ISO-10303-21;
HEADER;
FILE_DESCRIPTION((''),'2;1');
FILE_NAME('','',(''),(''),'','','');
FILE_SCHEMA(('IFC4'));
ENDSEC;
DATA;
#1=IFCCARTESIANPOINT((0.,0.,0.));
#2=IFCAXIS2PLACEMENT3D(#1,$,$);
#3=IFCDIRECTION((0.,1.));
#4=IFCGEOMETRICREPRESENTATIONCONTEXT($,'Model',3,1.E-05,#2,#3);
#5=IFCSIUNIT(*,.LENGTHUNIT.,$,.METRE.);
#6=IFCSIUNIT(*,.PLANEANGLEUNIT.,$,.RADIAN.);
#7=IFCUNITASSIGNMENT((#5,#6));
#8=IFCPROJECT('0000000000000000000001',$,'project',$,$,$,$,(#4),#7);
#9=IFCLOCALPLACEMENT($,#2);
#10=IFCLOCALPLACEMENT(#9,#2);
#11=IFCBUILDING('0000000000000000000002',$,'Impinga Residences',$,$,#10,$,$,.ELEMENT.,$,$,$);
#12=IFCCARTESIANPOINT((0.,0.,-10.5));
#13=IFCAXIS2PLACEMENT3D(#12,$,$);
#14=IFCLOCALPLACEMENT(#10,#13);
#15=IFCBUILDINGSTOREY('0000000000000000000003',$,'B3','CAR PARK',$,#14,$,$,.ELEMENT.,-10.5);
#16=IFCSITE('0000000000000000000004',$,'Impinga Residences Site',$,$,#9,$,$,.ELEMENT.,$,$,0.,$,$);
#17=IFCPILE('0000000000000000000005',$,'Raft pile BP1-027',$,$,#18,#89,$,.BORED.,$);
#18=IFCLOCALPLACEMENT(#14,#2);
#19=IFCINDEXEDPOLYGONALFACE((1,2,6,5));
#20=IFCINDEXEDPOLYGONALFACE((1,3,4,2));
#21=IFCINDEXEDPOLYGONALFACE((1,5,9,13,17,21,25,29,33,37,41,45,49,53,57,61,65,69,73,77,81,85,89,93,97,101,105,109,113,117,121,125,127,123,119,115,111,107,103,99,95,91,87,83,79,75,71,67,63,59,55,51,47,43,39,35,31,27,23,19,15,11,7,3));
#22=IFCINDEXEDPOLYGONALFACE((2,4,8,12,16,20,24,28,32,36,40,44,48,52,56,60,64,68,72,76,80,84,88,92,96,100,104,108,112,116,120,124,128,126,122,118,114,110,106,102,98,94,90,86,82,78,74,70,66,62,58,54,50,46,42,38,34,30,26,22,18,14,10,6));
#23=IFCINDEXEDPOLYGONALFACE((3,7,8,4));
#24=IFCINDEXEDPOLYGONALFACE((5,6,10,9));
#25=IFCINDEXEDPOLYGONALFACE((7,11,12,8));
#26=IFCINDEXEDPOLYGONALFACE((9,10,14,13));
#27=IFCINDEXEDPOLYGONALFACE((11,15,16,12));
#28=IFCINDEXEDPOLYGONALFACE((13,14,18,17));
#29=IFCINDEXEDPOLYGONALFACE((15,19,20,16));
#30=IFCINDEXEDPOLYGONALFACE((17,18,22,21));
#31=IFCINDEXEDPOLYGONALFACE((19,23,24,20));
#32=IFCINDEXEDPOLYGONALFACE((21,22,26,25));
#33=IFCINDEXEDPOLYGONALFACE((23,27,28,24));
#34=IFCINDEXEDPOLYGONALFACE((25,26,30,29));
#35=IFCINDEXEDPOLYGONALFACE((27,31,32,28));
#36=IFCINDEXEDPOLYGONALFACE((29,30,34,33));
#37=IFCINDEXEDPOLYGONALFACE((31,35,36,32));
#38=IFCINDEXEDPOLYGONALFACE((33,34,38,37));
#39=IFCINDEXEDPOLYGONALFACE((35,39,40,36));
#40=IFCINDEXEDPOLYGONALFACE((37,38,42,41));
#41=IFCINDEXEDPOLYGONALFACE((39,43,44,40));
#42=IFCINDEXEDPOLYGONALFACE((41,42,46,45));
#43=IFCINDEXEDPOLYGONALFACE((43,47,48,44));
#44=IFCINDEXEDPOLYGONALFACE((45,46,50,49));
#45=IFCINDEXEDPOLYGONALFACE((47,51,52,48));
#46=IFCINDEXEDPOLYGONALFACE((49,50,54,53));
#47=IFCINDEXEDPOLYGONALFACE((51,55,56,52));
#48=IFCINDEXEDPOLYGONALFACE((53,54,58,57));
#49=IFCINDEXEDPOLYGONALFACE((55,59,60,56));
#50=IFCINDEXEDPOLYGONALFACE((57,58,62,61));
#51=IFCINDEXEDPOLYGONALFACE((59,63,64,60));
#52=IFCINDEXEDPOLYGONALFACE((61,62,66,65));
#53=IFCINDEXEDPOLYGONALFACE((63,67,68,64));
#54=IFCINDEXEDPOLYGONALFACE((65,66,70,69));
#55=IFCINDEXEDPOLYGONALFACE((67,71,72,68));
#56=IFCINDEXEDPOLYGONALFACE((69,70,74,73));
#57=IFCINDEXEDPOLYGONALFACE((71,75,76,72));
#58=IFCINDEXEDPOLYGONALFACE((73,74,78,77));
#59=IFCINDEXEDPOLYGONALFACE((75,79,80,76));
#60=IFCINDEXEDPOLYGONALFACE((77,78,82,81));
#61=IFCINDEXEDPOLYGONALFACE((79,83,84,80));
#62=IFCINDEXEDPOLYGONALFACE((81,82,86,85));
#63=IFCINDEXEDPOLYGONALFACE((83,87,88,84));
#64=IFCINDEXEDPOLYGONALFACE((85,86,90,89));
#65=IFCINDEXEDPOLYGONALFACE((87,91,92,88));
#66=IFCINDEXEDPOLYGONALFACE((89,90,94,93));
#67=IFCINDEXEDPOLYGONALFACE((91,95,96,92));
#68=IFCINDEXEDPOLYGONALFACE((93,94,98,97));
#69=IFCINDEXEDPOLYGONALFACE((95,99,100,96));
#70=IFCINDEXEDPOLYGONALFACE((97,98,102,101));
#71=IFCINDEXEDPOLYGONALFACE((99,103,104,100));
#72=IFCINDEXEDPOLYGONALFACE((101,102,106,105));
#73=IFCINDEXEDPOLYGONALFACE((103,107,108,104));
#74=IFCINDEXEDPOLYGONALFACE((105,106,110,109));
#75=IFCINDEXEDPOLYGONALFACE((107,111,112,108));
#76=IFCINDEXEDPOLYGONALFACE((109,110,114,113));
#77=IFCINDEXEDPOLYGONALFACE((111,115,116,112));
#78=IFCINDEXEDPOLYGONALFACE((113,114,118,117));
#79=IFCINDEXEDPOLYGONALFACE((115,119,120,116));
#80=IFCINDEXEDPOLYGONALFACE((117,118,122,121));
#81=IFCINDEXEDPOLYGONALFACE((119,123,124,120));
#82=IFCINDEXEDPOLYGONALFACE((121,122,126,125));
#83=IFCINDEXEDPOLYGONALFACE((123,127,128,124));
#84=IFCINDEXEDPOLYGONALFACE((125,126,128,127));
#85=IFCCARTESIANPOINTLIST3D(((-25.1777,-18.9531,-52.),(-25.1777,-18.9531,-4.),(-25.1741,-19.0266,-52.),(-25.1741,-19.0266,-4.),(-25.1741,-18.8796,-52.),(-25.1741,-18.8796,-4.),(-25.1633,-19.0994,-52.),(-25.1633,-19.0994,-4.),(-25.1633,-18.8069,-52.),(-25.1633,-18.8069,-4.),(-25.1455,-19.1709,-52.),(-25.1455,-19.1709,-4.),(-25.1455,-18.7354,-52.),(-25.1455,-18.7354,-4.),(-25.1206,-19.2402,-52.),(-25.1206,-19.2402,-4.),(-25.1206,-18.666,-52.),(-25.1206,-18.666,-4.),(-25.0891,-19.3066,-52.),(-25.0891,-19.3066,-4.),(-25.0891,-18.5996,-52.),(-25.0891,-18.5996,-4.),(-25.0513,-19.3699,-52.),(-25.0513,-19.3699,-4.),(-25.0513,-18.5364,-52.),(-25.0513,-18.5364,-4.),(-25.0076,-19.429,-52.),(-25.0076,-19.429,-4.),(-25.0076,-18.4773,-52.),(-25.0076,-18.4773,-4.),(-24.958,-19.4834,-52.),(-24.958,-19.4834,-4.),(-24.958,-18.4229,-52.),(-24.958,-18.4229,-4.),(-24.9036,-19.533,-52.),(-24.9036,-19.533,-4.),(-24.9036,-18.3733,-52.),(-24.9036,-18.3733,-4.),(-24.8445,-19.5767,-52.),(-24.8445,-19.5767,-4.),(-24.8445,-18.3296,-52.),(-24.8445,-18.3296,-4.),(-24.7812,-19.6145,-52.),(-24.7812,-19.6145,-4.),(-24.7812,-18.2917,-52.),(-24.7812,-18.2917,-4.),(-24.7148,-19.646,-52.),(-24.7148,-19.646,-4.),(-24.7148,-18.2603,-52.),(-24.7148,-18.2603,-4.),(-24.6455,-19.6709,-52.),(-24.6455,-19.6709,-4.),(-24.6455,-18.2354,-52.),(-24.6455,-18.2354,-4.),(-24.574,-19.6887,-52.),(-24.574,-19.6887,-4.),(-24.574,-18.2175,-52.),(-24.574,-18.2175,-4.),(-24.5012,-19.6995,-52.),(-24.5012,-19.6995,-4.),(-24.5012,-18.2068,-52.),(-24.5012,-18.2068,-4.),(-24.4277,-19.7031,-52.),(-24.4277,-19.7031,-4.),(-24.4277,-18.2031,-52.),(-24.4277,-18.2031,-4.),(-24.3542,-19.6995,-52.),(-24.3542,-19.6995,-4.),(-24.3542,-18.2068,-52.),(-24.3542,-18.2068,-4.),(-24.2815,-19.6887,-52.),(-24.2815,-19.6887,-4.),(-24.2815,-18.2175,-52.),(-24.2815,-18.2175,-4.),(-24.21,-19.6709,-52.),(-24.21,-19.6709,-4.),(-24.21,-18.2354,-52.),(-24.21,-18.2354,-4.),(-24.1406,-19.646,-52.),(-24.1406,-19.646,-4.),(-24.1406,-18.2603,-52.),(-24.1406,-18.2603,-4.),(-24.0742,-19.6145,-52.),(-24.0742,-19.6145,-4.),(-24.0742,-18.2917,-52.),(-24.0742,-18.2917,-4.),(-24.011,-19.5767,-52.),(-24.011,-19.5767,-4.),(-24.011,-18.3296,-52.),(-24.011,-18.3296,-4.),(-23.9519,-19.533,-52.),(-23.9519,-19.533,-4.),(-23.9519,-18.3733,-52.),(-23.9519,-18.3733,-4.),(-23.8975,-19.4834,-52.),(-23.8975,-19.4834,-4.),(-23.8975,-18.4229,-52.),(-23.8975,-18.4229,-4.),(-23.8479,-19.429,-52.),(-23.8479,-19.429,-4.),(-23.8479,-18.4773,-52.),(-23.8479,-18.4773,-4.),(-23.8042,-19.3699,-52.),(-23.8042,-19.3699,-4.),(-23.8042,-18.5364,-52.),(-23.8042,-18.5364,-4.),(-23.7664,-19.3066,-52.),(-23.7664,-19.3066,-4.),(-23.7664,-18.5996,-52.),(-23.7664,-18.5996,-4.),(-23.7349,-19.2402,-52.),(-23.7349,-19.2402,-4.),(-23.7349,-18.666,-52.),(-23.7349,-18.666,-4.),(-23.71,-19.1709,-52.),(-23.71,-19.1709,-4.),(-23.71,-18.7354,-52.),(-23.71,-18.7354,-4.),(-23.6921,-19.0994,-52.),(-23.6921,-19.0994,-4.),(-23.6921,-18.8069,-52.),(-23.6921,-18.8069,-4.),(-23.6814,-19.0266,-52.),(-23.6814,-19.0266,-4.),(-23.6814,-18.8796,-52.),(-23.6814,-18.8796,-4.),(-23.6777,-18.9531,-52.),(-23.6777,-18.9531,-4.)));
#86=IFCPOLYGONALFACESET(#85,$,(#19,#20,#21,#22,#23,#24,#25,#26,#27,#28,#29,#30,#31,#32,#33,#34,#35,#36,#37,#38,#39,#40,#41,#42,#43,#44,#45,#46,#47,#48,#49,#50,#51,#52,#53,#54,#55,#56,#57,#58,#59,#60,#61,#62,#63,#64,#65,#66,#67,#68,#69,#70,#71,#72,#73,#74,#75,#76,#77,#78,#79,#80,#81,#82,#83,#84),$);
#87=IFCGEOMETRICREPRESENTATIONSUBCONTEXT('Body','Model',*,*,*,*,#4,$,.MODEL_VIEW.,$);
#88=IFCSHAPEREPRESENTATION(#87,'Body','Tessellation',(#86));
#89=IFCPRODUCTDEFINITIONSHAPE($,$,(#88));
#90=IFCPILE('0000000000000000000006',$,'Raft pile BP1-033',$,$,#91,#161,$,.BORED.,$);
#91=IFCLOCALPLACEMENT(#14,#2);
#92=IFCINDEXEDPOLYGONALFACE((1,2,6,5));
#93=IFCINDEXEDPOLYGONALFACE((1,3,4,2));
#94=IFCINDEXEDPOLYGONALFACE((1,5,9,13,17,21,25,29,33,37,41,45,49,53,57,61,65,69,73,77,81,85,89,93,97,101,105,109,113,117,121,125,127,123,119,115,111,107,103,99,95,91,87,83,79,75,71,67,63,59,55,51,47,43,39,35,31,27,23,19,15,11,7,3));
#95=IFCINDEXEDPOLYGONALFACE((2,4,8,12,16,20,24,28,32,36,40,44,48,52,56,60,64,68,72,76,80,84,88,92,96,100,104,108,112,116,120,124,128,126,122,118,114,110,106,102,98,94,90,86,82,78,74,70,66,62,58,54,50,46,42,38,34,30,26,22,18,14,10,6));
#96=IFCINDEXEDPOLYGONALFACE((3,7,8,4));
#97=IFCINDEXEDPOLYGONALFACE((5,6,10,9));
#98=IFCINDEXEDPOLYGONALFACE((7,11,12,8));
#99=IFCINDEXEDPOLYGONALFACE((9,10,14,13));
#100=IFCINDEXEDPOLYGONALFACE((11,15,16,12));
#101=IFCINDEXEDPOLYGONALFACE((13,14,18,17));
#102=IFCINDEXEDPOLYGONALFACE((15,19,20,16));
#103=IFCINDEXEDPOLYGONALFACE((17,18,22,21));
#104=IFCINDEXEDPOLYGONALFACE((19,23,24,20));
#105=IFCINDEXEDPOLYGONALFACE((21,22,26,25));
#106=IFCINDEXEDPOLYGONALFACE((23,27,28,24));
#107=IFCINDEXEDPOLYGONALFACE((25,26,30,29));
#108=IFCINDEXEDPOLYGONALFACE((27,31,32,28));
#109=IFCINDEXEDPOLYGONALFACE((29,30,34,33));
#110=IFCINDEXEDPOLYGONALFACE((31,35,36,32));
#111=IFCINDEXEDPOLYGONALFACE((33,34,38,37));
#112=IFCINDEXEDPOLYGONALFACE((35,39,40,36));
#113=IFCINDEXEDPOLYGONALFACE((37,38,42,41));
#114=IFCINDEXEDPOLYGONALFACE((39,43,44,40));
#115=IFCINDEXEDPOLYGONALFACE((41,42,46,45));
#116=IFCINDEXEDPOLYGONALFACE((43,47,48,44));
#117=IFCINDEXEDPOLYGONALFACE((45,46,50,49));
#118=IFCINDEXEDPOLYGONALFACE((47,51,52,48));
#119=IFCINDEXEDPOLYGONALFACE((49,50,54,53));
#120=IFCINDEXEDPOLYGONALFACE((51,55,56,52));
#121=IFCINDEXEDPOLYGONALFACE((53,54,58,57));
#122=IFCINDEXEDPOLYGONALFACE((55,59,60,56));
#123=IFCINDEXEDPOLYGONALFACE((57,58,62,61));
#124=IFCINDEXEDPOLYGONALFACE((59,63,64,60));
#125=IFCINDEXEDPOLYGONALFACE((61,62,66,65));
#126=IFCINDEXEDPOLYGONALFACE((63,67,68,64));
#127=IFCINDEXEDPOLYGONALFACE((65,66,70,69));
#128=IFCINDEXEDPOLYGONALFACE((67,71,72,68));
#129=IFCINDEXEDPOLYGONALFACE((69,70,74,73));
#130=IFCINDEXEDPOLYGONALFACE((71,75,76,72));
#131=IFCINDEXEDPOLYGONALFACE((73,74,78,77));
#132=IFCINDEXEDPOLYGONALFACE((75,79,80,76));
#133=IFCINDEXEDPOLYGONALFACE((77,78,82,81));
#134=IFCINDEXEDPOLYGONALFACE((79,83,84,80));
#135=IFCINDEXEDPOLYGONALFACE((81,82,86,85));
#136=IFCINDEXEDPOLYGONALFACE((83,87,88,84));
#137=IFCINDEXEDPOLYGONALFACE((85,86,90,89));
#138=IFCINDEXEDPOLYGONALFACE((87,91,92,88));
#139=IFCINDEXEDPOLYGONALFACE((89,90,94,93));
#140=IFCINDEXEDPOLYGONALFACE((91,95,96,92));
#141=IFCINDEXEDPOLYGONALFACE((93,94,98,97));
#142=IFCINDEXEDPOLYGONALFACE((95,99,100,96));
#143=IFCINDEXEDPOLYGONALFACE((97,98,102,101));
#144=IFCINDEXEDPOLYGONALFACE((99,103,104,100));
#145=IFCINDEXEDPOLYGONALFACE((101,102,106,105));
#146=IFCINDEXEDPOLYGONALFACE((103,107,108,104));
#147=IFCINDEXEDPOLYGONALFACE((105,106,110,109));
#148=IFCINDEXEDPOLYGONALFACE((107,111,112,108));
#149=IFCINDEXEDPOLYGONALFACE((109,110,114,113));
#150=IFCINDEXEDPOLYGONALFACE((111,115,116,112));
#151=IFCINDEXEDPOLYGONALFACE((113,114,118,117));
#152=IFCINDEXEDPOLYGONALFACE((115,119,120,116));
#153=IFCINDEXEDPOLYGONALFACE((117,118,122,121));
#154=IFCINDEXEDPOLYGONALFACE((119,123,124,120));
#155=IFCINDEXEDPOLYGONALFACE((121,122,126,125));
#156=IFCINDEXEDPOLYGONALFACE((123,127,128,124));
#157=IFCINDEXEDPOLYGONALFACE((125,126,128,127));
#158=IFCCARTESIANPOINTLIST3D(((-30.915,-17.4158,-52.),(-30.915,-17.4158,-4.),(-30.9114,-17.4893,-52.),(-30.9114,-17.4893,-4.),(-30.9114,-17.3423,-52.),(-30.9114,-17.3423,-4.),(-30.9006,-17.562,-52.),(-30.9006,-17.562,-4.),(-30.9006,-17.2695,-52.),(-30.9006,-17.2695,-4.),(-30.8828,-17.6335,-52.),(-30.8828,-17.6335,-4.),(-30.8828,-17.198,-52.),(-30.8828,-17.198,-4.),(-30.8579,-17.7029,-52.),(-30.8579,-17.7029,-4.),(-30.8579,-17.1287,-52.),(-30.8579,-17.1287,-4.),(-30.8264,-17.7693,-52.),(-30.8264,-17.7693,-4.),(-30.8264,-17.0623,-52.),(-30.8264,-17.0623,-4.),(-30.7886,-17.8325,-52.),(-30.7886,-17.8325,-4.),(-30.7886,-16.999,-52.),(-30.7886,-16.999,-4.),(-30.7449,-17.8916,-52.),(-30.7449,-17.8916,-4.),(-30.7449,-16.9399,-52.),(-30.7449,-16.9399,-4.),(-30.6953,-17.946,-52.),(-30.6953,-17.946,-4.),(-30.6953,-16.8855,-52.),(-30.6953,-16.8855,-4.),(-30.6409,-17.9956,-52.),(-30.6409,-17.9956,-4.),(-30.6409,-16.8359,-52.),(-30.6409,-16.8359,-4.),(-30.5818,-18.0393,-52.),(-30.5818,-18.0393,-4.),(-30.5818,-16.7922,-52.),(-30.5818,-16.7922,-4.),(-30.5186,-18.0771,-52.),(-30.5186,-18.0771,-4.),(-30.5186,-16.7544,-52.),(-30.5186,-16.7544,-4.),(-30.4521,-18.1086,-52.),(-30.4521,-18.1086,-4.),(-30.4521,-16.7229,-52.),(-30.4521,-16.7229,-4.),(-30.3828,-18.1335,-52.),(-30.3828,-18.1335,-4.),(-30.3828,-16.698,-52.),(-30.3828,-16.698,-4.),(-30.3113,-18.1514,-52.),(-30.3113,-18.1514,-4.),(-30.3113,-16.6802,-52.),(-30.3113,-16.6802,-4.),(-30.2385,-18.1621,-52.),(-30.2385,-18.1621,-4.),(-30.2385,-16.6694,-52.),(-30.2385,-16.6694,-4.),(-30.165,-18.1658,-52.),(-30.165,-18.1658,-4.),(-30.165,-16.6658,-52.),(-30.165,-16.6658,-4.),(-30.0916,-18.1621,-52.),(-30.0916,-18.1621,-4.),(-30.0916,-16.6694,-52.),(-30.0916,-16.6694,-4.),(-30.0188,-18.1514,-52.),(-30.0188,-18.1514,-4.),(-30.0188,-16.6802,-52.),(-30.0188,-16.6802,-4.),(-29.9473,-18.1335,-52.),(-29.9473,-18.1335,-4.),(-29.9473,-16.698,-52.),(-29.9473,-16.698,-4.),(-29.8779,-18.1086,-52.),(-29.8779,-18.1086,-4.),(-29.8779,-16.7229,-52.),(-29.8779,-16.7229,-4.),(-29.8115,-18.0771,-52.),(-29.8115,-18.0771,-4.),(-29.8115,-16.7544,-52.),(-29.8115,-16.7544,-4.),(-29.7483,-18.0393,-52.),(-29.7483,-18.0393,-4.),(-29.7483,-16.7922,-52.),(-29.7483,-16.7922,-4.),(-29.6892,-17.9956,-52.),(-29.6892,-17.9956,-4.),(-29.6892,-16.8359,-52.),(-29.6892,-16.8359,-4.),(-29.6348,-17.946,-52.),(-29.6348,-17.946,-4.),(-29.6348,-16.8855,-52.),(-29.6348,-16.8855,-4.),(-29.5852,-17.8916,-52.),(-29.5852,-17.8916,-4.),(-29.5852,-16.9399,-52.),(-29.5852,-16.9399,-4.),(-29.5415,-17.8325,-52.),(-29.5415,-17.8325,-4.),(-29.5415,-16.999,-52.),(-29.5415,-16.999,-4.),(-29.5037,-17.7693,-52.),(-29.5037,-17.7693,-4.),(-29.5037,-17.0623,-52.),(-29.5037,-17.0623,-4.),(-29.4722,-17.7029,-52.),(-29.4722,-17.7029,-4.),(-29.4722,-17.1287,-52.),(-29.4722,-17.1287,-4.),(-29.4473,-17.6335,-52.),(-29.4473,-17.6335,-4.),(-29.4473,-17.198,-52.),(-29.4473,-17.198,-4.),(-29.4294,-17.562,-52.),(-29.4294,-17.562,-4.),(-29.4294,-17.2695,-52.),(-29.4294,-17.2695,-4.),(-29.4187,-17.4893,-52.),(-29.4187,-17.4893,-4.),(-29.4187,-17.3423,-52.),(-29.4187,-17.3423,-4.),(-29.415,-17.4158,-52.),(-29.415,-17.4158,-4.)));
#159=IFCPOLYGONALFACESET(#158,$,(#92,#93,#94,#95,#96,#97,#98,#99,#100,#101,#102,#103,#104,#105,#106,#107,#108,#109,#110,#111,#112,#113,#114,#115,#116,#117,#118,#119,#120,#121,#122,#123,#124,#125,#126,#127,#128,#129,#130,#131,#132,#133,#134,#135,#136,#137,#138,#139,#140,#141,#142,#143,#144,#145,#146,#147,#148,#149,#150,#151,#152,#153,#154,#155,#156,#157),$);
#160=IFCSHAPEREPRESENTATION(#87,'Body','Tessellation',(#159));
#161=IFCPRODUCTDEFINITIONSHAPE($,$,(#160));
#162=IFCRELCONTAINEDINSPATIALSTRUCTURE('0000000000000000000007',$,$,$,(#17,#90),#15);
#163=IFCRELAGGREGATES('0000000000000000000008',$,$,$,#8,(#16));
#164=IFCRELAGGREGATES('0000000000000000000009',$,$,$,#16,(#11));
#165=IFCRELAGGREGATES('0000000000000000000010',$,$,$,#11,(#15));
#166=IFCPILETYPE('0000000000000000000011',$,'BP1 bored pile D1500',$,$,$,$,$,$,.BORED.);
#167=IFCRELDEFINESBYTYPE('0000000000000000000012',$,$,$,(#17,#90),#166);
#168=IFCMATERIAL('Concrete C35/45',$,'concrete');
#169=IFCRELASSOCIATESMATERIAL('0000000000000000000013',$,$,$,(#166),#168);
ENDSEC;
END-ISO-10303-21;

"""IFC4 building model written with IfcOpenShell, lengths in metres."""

from ifc_helpers import new_model, si_unit, direction, frame, origin, origin_2d, place, context, subcontext, project, spatial, polyline, circle, outline, extrude, material, material_profile, profile_set, type_object, element, save


model = new_model("IFC4")

# Units and contexts
model_context = context("Model", 3, precision=1e-05, world=origin(), true_north=direction((0.0, 1.0)))
body_context = subcontext(model_context, "Body", "Model", "MODEL_VIEW")
ifc_project = project(units=[si_unit("LENGTHUNIT", "METRE"), si_unit("PLANEANGLEUNIT", "RADIAN")], contexts=[model_context])

# Site, building, storey
site_placement = place(None, origin())
site = spatial("IfcSite", under=ifc_project, at=site_placement, Name="Impinga Residences Site", CompositionType="ELEMENT", RefElevation=0.0)
building_placement = place(site_placement, origin())
building = spatial("IfcBuilding", under=site, at=building_placement, Name="Impinga Residences", CompositionType="ELEMENT")
storey_placement = place(building_placement, frame((0.0, 0.0, -10.5)))
storey = spatial("IfcBuildingStorey", under=building, at=storey_placement, Name="B3", Description="CAR PARK", CompositionType="ELEMENT", Elevation=-10.5)

# Piles
ifc_material_1 = material(Name="Concrete C35/45", Category="concrete")
ifc_material_profile_1 = material_profile(ifc_material_1, circle(Radius=0.75, at=origin_2d()), Name="D1500")
ifc_profile_set_1 = profile_set([ifc_material_profile_1], Name="Concrete C35/45")
pile_type_1 = type_object("IfcPileType", Name="BP1 bored pile D1500", PredefinedType="BORED", material=ifc_profile_set_1)
pile_1_placement = place(storey_placement, frame((-24.4277, -18.9531, -4.0), z_axis=(0.0, 0.0, -1.0), x_axis=(1.0, 0.0, 0.0)))
element("IfcPile", 1, at=pile_1_placement, inside=storey, type_object=pile_type_1, Name="Raft pile BP1-027", PredefinedType="BORED", context=body_context, shape_type="SweptSolid", body=[
    extrude(outline(polyline([(0.75, 0.0), (0.7463, 0.0735), (0.7356, 0.1462), (0.7178, 0.2178), (0.6929, 0.2871), (0.6614, 0.3535), (0.6235, 0.4167), (0.5798, 0.4758), (0.5303, 0.5303), (0.4758, 0.5798), (0.4167, 0.6235), (0.3535, 0.6614), (0.2871, 0.6929), (0.2178, 0.7178), (0.1462, 0.7356), (0.0735, 0.7463), (0.0, 0.75), (-0.0735, 0.7463), (-0.1462, 0.7356), (-0.2178, 0.7178), (-0.2871, 0.6929), (-0.3535, 0.6614), (-0.4167, 0.6235), (-0.4758, 0.5798), (-0.5303, 0.5303), (-0.5798, 0.4758), (-0.6235, 0.4167), (-0.6614, 0.3535), (-0.6929, 0.2871), (-0.7178, 0.2178), (-0.7356, 0.1462), (-0.7463, 0.0735), (-0.75, 0.0), (-0.7463, -0.0735), (-0.7356, -0.1462), (-0.7178, -0.2178), (-0.6929, -0.2871), (-0.6614, -0.3535), (-0.6235, -0.4167), (-0.5798, -0.4758), (-0.5303, -0.5303), (-0.4758, -0.5798), (-0.4167, -0.6235), (-0.3535, -0.6614), (-0.2871, -0.6929), (-0.2178, -0.7178), (-0.1462, -0.7356), (-0.0735, -0.7463), (0.0, -0.75), (0.0735, -0.7463), (0.1462, -0.7356), (0.2178, -0.7178), (0.2871, -0.6929), (0.3535, -0.6614), (0.4167, -0.6235), (0.4758, -0.5798), (0.5303, -0.5303), (0.5798, -0.4758), (0.6235, -0.4167), (0.6614, -0.3535), (0.6929, -0.2871), (0.7178, -0.2178), (0.7356, -0.1462), (0.7463, -0.0735), (0.75, 0.0)])), origin(), (0.0, 0.0, 1.0), 48.0),
])
pile_2_placement = place(storey_placement, frame((-30.165, -17.4158, -4.0), z_axis=(0.0, 0.0, -1.0), x_axis=(1.0, 0.0, 0.0)))
element("IfcPile", 2, at=pile_2_placement, inside=storey, type_object=pile_type_1, Name="Raft pile BP1-033", PredefinedType="BORED", context=body_context, shape_type="SweptSolid", body=[
    extrude(outline(polyline([(0.75, 0.0), (0.7463, 0.0735), (0.7356, 0.1462), (0.7178, 0.2178), (0.6929, 0.2871), (0.6614, 0.3535), (0.6235, 0.4167), (0.5798, 0.4758), (0.5303, 0.5303), (0.4758, 0.5798), (0.4167, 0.6235), (0.3535, 0.6614), (0.2871, 0.6929), (0.2178, 0.7178), (0.1462, 0.7356), (0.0735, 0.7463), (0.0, 0.75), (-0.0735, 0.7463), (-0.1462, 0.7356), (-0.2178, 0.7178), (-0.2871, 0.6929), (-0.3535, 0.6614), (-0.4167, 0.6235), (-0.4758, 0.5798), (-0.5303, 0.5303), (-0.5798, 0.4758), (-0.6235, 0.4167), (-0.6614, 0.3535), (-0.6929, 0.2871), (-0.7178, 0.2178), (-0.7356, 0.1462), (-0.7463, 0.0735), (-0.75, 0.0), (-0.7463, -0.0735), (-0.7356, -0.1462), (-0.7178, -0.2178), (-0.6929, -0.2871), (-0.6614, -0.3535), (-0.6235, -0.4167), (-0.5798, -0.4758), (-0.5303, -0.5303), (-0.4758, -0.5798), (-0.4167, -0.6235), (-0.3535, -0.6614), (-0.2871, -0.6929), (-0.2178, -0.7178), (-0.1462, -0.7356), (-0.0735, -0.7463), (0.0, -0.75), (0.0735, -0.7463), (0.1462, -0.7356), (0.2178, -0.7178), (0.2871, -0.6929), (0.3535, -0.6614), (0.4167, -0.6235), (0.4758, -0.5798), (0.5303, -0.5303), (0.5798, -0.4758), (0.6235, -0.4167), (0.6614, -0.3535), (0.6929, -0.2871), (0.7178, -0.2178), (0.7356, -0.1462), (0.7463, -0.0735), (0.75, 0.0)])), origin(), (0.0, 0.0, 1.0), 48.0),
])

save(model, "model.ifc")
